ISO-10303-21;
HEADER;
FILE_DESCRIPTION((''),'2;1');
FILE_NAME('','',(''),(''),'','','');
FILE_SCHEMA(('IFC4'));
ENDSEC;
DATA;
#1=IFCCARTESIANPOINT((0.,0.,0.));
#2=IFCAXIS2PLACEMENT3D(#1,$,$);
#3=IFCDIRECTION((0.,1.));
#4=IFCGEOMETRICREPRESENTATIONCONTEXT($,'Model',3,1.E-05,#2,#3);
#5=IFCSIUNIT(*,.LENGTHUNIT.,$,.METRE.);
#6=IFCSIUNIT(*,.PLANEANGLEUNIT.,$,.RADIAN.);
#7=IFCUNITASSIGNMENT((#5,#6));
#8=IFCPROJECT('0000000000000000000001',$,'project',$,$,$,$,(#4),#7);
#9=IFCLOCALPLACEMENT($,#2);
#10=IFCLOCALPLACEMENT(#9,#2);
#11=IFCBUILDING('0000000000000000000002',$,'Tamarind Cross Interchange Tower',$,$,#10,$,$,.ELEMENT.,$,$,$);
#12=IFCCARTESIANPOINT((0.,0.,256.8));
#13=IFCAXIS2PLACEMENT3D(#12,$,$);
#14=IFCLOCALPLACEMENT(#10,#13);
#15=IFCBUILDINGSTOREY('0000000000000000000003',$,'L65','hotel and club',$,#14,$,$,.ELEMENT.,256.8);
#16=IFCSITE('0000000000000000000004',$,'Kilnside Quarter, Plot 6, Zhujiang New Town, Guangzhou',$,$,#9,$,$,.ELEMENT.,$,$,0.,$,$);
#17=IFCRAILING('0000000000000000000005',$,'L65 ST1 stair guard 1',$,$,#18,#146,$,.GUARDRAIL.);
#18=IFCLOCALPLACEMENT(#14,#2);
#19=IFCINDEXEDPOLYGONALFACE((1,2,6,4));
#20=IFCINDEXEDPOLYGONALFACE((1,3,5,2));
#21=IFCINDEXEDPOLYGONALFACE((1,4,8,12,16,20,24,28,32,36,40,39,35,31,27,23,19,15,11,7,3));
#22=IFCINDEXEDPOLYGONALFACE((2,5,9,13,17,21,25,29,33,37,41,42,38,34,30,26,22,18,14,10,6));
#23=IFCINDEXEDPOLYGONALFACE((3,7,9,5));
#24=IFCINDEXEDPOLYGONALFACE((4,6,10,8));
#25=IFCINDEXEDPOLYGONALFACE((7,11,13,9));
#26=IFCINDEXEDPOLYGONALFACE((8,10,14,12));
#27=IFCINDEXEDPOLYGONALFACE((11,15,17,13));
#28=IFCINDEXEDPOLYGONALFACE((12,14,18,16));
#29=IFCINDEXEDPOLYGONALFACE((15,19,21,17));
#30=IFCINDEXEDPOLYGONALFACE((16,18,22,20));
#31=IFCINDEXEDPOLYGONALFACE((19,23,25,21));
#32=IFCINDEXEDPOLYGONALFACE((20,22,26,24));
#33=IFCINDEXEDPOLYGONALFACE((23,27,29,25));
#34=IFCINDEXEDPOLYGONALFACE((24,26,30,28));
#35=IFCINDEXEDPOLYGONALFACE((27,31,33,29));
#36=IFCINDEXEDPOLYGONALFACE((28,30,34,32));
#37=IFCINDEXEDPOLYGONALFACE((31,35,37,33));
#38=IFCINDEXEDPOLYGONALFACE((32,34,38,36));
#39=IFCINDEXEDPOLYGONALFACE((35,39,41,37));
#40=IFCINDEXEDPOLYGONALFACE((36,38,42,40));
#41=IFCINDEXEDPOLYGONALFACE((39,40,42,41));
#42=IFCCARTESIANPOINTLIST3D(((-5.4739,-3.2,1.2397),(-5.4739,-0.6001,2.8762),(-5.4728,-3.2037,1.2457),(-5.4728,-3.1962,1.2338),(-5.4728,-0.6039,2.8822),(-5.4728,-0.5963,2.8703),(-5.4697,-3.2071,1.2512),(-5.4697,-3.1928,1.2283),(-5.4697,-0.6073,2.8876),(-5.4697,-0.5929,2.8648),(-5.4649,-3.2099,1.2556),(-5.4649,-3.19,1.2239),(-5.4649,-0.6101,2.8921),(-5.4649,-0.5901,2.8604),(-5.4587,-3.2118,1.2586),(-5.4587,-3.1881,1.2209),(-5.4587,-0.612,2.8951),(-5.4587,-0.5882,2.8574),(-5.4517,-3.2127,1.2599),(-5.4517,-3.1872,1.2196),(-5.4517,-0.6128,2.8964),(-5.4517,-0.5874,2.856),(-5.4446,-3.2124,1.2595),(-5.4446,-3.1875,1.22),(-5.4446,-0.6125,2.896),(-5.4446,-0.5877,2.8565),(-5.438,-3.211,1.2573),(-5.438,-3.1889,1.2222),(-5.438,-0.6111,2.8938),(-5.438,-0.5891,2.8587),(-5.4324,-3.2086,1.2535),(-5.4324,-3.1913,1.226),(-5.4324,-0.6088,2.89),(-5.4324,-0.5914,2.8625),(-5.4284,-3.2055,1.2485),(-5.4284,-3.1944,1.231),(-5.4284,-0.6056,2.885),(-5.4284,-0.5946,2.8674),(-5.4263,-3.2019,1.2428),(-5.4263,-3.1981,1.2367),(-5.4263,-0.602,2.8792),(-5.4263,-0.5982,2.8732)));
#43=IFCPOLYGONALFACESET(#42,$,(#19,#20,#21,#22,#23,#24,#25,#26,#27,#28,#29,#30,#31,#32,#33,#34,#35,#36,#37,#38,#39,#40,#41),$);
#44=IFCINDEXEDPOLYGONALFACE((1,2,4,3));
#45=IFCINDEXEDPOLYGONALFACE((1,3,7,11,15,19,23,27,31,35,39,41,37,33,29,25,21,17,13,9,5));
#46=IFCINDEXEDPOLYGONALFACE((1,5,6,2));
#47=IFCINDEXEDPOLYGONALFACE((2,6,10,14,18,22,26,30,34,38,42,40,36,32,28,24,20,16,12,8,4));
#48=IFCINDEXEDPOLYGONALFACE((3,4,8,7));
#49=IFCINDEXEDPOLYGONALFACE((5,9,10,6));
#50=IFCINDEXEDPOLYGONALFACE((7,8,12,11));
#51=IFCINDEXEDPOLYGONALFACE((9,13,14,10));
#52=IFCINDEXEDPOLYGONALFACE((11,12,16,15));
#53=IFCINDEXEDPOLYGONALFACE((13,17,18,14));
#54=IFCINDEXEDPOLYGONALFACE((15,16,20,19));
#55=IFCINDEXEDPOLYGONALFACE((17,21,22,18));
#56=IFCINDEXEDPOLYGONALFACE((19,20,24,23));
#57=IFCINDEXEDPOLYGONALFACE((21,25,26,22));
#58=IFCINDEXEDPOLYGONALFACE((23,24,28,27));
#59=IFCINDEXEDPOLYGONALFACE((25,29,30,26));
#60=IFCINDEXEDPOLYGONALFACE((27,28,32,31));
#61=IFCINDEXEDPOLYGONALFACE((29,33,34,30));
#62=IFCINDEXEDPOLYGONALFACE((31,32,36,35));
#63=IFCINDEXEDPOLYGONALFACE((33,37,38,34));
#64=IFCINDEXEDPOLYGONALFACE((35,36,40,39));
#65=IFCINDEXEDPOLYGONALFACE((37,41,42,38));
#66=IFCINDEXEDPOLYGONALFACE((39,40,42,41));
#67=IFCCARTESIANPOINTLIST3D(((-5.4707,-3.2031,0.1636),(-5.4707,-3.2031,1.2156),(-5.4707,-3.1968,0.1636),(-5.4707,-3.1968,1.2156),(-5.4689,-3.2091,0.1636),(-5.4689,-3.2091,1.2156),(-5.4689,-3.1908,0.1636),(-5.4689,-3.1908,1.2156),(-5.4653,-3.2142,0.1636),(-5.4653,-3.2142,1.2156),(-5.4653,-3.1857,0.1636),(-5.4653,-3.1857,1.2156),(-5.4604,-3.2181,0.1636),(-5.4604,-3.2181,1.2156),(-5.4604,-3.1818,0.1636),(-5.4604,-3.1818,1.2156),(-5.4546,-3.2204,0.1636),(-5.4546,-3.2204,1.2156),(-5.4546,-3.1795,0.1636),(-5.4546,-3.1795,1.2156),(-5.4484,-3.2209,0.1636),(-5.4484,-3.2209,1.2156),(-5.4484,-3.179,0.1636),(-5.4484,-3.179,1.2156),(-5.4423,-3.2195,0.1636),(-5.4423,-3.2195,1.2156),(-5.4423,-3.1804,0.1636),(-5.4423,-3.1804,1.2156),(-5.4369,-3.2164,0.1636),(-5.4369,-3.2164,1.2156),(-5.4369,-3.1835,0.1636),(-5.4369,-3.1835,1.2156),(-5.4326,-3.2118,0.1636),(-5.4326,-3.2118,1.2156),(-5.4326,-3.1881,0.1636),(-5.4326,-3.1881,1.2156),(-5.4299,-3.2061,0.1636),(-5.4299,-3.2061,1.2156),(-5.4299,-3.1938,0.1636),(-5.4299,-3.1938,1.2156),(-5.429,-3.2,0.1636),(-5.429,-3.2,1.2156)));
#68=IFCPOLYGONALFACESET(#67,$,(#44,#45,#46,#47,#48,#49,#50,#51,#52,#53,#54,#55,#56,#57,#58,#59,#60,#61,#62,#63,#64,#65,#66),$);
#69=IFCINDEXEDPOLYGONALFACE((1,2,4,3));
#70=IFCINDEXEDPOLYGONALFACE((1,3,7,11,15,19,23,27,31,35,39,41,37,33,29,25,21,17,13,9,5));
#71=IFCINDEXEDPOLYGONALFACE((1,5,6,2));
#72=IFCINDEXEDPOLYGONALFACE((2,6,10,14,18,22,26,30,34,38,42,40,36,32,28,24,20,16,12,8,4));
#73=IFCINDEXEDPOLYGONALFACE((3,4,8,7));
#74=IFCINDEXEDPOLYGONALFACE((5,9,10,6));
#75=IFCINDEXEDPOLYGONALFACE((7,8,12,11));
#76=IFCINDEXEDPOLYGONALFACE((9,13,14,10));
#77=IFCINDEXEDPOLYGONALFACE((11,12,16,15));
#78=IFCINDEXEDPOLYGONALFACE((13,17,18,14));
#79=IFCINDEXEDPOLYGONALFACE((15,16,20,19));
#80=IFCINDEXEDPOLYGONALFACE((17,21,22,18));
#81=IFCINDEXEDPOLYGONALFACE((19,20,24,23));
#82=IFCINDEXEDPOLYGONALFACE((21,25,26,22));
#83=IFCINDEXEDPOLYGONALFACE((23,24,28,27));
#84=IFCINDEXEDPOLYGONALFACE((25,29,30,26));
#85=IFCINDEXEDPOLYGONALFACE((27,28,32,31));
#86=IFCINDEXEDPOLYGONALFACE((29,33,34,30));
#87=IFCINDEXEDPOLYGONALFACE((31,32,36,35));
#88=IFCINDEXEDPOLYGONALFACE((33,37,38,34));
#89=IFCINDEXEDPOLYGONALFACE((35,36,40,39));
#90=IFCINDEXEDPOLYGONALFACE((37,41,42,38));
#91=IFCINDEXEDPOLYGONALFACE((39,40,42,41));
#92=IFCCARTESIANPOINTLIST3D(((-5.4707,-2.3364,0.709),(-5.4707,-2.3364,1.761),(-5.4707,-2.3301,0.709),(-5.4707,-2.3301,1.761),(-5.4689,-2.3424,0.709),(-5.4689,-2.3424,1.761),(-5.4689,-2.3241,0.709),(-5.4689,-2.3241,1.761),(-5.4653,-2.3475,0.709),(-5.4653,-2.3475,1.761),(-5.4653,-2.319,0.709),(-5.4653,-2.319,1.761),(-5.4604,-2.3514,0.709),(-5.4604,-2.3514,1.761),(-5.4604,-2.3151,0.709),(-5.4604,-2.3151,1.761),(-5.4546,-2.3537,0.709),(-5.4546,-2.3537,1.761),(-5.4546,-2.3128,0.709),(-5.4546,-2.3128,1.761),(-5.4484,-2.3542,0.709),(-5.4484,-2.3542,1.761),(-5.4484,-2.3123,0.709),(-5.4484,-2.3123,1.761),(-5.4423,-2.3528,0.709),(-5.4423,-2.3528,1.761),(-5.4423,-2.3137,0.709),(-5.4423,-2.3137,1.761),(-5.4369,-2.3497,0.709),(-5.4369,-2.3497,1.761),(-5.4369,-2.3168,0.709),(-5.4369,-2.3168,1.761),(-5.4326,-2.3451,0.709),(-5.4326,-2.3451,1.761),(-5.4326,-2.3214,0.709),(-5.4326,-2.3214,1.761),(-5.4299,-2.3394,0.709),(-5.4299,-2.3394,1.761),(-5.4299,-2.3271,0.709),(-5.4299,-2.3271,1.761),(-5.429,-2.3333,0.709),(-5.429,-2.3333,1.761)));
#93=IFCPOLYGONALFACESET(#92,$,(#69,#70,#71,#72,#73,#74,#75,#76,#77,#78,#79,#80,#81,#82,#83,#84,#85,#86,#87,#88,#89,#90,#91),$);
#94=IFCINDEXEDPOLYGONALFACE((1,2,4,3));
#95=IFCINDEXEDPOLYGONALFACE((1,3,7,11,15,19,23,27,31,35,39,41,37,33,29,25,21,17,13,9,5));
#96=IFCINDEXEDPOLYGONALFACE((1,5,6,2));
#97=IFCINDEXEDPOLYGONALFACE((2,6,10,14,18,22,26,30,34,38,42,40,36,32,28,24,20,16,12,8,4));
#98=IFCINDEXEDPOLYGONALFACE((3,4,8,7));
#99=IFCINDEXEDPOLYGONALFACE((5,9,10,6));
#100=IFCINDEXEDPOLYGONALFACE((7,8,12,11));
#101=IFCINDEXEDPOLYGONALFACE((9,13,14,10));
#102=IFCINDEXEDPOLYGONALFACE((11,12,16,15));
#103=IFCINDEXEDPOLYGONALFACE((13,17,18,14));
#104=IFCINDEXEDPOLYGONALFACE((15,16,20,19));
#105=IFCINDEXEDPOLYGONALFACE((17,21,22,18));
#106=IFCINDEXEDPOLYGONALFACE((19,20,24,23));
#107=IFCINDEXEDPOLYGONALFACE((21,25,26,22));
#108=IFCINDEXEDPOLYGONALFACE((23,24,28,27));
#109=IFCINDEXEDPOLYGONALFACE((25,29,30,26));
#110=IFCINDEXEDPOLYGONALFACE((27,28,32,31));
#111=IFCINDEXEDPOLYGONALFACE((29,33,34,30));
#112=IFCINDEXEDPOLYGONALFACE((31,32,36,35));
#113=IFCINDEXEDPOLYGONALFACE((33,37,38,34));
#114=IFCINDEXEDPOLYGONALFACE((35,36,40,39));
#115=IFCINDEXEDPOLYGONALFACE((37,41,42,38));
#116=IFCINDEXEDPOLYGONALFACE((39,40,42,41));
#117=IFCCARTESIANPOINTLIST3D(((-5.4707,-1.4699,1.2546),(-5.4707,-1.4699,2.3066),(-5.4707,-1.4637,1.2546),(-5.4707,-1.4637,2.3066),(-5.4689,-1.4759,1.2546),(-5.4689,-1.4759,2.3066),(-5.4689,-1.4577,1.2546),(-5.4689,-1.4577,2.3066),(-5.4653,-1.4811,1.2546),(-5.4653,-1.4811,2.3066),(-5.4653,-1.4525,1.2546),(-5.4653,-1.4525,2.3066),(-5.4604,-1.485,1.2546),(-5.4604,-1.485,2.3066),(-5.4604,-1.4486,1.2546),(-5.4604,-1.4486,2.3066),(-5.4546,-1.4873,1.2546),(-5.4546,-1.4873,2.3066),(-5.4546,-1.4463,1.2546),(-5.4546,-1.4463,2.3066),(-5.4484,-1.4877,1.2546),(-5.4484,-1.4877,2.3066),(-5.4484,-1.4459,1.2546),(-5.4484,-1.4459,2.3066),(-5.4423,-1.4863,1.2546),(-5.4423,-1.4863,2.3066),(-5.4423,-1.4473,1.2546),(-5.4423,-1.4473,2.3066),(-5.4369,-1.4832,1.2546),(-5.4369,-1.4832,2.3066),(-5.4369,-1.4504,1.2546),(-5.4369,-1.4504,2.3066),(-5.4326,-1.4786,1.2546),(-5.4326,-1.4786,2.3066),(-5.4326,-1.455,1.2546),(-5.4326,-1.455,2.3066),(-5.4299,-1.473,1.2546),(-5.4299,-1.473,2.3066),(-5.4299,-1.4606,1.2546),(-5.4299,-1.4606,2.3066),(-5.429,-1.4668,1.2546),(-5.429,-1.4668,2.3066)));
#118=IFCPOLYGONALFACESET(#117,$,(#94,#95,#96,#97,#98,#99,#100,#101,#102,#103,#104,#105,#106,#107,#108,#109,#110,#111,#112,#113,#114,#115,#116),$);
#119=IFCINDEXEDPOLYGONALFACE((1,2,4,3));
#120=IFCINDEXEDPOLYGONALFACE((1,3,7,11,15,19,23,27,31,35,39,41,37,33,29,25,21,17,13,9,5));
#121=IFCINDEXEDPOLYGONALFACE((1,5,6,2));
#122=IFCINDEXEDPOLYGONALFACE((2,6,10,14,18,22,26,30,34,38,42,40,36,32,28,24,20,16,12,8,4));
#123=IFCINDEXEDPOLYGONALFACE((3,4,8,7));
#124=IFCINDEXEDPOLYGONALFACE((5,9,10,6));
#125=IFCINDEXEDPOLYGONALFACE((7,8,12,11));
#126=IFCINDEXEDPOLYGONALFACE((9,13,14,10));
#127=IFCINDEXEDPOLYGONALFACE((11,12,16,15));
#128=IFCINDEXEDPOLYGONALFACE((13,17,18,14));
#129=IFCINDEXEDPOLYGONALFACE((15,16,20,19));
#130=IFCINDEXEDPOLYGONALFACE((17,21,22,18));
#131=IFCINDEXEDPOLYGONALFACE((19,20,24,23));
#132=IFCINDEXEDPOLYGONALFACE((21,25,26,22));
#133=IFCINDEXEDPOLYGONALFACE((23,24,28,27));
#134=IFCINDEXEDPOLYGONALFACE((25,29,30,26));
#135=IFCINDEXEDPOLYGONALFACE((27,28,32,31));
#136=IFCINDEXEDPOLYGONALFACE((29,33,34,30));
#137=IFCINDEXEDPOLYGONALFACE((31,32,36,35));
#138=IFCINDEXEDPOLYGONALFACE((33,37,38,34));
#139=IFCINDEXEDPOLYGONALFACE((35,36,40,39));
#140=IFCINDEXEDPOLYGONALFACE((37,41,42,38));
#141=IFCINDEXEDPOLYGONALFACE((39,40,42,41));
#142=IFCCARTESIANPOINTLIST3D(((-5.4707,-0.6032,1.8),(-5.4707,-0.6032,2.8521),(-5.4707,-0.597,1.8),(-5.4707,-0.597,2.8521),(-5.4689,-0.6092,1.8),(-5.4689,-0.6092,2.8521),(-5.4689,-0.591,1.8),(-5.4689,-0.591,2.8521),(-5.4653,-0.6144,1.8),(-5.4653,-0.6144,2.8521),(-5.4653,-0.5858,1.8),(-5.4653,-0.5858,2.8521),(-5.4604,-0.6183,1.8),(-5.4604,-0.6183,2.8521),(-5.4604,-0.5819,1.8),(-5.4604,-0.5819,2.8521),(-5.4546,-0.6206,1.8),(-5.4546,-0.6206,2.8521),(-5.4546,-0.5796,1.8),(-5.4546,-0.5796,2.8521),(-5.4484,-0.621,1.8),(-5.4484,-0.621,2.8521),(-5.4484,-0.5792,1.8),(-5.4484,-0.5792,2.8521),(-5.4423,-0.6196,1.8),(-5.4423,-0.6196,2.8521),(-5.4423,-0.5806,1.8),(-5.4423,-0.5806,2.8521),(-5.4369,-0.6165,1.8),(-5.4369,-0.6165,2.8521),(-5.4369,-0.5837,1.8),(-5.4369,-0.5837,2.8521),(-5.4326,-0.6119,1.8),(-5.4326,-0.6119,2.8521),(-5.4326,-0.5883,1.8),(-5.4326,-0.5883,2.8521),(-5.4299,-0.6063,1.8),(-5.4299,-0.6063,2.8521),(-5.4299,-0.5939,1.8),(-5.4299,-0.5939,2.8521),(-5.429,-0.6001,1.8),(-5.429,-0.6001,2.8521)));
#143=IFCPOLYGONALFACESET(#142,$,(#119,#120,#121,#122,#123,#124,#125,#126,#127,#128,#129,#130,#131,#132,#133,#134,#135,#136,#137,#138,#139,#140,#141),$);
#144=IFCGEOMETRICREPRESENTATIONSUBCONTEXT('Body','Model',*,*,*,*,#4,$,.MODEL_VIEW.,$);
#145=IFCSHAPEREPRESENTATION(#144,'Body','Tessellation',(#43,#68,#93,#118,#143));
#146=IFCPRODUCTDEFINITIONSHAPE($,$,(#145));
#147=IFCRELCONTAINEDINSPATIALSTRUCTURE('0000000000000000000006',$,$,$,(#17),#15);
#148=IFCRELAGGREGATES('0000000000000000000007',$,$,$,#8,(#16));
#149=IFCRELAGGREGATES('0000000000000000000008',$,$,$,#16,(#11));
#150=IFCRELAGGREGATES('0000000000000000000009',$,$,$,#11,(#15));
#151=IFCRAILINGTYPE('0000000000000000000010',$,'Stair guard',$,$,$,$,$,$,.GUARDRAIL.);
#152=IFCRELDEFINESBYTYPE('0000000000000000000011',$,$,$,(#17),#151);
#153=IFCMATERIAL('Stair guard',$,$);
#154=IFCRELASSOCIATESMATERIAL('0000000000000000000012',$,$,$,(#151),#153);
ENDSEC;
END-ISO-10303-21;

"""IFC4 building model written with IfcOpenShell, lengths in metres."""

from ifc_helpers import new_model, si_unit, direction, frame, origin, origin_2d, place, context, subcontext, project, spatial, circle, extrude, material, type_object, element, save


model = new_model("IFC4")

# Units and contexts
model_context = context("Model", 3, precision=1e-05, world=origin(), true_north=direction((0.0, 1.0)))
body_context = subcontext(model_context, "Body", "Model", "MODEL_VIEW")
ifc_project = project(units=[si_unit("LENGTHUNIT", "METRE"), si_unit("PLANEANGLEUNIT", "RADIAN")], contexts=[model_context])

# Site, building, storey
site_placement = place(None, origin())
site = spatial("IfcSite", under=ifc_project, at=site_placement, Name="Kilnside Quarter, Plot 6, Zhujiang New Town, Guangzhou", CompositionType="ELEMENT", RefElevation=0.0)
building_placement = place(site_placement, origin())
building = spatial("IfcBuilding", under=site, at=building_placement, Name="Tamarind Cross Interchange Tower", CompositionType="ELEMENT")
storey_placement = place(building_placement, frame((0.0, 0.0, 256.8)))
storey = spatial("IfcBuildingStorey", under=building, at=storey_placement, Name="L65", Description="hotel and club", CompositionType="ELEMENT", Elevation=256.8)

# Railing
ifc_material_1 = material(Name="Stair guard")
railing_type_1 = type_object("IfcRailingType", Name="Stair guard", PredefinedType="GUARDRAIL", material=ifc_material_1)
railing_1_placement = place(storey_placement, frame((-5.45, -3.2, 0.1636)))
element("IfcRailing", 1, at=railing_1_placement, inside=storey, type_object=railing_type_1, Name="L65 ST1 stair guard 1", PredefinedType="GUARDRAIL", context=body_context, shape_type="SweptSolid", body=[
    extrude(circle(Radius=0.0239, at=origin_2d()), frame((0.0, 0.0, 1.0762), z_axis=(0.0, 0.846302, 0.532704), x_axis=(-1.0, 0.0, 0.0)), (0.0, 0.0, 1.0), 3.072),
    extrude(circle(Radius=0.021, at=origin_2d()), origin(), (0.0, 0.0, 1.0), 1.052),
    extrude(circle(Radius=0.021, at=origin_2d()), frame((0.0, 0.8667, 0.5454)), (0.0, 0.0, 1.0), 1.052),
    extrude(circle(Radius=0.021, at=origin_2d()), frame((0.0, 1.7332, 1.0911)), (0.0, 0.0, 1.0), 1.052),
    extrude(circle(Radius=0.021, at=origin_2d()), frame((0.0, 2.5999, 1.6365)), (0.0, 0.0, 1.0), 1.052),
])

save(model, "model.ifc")
